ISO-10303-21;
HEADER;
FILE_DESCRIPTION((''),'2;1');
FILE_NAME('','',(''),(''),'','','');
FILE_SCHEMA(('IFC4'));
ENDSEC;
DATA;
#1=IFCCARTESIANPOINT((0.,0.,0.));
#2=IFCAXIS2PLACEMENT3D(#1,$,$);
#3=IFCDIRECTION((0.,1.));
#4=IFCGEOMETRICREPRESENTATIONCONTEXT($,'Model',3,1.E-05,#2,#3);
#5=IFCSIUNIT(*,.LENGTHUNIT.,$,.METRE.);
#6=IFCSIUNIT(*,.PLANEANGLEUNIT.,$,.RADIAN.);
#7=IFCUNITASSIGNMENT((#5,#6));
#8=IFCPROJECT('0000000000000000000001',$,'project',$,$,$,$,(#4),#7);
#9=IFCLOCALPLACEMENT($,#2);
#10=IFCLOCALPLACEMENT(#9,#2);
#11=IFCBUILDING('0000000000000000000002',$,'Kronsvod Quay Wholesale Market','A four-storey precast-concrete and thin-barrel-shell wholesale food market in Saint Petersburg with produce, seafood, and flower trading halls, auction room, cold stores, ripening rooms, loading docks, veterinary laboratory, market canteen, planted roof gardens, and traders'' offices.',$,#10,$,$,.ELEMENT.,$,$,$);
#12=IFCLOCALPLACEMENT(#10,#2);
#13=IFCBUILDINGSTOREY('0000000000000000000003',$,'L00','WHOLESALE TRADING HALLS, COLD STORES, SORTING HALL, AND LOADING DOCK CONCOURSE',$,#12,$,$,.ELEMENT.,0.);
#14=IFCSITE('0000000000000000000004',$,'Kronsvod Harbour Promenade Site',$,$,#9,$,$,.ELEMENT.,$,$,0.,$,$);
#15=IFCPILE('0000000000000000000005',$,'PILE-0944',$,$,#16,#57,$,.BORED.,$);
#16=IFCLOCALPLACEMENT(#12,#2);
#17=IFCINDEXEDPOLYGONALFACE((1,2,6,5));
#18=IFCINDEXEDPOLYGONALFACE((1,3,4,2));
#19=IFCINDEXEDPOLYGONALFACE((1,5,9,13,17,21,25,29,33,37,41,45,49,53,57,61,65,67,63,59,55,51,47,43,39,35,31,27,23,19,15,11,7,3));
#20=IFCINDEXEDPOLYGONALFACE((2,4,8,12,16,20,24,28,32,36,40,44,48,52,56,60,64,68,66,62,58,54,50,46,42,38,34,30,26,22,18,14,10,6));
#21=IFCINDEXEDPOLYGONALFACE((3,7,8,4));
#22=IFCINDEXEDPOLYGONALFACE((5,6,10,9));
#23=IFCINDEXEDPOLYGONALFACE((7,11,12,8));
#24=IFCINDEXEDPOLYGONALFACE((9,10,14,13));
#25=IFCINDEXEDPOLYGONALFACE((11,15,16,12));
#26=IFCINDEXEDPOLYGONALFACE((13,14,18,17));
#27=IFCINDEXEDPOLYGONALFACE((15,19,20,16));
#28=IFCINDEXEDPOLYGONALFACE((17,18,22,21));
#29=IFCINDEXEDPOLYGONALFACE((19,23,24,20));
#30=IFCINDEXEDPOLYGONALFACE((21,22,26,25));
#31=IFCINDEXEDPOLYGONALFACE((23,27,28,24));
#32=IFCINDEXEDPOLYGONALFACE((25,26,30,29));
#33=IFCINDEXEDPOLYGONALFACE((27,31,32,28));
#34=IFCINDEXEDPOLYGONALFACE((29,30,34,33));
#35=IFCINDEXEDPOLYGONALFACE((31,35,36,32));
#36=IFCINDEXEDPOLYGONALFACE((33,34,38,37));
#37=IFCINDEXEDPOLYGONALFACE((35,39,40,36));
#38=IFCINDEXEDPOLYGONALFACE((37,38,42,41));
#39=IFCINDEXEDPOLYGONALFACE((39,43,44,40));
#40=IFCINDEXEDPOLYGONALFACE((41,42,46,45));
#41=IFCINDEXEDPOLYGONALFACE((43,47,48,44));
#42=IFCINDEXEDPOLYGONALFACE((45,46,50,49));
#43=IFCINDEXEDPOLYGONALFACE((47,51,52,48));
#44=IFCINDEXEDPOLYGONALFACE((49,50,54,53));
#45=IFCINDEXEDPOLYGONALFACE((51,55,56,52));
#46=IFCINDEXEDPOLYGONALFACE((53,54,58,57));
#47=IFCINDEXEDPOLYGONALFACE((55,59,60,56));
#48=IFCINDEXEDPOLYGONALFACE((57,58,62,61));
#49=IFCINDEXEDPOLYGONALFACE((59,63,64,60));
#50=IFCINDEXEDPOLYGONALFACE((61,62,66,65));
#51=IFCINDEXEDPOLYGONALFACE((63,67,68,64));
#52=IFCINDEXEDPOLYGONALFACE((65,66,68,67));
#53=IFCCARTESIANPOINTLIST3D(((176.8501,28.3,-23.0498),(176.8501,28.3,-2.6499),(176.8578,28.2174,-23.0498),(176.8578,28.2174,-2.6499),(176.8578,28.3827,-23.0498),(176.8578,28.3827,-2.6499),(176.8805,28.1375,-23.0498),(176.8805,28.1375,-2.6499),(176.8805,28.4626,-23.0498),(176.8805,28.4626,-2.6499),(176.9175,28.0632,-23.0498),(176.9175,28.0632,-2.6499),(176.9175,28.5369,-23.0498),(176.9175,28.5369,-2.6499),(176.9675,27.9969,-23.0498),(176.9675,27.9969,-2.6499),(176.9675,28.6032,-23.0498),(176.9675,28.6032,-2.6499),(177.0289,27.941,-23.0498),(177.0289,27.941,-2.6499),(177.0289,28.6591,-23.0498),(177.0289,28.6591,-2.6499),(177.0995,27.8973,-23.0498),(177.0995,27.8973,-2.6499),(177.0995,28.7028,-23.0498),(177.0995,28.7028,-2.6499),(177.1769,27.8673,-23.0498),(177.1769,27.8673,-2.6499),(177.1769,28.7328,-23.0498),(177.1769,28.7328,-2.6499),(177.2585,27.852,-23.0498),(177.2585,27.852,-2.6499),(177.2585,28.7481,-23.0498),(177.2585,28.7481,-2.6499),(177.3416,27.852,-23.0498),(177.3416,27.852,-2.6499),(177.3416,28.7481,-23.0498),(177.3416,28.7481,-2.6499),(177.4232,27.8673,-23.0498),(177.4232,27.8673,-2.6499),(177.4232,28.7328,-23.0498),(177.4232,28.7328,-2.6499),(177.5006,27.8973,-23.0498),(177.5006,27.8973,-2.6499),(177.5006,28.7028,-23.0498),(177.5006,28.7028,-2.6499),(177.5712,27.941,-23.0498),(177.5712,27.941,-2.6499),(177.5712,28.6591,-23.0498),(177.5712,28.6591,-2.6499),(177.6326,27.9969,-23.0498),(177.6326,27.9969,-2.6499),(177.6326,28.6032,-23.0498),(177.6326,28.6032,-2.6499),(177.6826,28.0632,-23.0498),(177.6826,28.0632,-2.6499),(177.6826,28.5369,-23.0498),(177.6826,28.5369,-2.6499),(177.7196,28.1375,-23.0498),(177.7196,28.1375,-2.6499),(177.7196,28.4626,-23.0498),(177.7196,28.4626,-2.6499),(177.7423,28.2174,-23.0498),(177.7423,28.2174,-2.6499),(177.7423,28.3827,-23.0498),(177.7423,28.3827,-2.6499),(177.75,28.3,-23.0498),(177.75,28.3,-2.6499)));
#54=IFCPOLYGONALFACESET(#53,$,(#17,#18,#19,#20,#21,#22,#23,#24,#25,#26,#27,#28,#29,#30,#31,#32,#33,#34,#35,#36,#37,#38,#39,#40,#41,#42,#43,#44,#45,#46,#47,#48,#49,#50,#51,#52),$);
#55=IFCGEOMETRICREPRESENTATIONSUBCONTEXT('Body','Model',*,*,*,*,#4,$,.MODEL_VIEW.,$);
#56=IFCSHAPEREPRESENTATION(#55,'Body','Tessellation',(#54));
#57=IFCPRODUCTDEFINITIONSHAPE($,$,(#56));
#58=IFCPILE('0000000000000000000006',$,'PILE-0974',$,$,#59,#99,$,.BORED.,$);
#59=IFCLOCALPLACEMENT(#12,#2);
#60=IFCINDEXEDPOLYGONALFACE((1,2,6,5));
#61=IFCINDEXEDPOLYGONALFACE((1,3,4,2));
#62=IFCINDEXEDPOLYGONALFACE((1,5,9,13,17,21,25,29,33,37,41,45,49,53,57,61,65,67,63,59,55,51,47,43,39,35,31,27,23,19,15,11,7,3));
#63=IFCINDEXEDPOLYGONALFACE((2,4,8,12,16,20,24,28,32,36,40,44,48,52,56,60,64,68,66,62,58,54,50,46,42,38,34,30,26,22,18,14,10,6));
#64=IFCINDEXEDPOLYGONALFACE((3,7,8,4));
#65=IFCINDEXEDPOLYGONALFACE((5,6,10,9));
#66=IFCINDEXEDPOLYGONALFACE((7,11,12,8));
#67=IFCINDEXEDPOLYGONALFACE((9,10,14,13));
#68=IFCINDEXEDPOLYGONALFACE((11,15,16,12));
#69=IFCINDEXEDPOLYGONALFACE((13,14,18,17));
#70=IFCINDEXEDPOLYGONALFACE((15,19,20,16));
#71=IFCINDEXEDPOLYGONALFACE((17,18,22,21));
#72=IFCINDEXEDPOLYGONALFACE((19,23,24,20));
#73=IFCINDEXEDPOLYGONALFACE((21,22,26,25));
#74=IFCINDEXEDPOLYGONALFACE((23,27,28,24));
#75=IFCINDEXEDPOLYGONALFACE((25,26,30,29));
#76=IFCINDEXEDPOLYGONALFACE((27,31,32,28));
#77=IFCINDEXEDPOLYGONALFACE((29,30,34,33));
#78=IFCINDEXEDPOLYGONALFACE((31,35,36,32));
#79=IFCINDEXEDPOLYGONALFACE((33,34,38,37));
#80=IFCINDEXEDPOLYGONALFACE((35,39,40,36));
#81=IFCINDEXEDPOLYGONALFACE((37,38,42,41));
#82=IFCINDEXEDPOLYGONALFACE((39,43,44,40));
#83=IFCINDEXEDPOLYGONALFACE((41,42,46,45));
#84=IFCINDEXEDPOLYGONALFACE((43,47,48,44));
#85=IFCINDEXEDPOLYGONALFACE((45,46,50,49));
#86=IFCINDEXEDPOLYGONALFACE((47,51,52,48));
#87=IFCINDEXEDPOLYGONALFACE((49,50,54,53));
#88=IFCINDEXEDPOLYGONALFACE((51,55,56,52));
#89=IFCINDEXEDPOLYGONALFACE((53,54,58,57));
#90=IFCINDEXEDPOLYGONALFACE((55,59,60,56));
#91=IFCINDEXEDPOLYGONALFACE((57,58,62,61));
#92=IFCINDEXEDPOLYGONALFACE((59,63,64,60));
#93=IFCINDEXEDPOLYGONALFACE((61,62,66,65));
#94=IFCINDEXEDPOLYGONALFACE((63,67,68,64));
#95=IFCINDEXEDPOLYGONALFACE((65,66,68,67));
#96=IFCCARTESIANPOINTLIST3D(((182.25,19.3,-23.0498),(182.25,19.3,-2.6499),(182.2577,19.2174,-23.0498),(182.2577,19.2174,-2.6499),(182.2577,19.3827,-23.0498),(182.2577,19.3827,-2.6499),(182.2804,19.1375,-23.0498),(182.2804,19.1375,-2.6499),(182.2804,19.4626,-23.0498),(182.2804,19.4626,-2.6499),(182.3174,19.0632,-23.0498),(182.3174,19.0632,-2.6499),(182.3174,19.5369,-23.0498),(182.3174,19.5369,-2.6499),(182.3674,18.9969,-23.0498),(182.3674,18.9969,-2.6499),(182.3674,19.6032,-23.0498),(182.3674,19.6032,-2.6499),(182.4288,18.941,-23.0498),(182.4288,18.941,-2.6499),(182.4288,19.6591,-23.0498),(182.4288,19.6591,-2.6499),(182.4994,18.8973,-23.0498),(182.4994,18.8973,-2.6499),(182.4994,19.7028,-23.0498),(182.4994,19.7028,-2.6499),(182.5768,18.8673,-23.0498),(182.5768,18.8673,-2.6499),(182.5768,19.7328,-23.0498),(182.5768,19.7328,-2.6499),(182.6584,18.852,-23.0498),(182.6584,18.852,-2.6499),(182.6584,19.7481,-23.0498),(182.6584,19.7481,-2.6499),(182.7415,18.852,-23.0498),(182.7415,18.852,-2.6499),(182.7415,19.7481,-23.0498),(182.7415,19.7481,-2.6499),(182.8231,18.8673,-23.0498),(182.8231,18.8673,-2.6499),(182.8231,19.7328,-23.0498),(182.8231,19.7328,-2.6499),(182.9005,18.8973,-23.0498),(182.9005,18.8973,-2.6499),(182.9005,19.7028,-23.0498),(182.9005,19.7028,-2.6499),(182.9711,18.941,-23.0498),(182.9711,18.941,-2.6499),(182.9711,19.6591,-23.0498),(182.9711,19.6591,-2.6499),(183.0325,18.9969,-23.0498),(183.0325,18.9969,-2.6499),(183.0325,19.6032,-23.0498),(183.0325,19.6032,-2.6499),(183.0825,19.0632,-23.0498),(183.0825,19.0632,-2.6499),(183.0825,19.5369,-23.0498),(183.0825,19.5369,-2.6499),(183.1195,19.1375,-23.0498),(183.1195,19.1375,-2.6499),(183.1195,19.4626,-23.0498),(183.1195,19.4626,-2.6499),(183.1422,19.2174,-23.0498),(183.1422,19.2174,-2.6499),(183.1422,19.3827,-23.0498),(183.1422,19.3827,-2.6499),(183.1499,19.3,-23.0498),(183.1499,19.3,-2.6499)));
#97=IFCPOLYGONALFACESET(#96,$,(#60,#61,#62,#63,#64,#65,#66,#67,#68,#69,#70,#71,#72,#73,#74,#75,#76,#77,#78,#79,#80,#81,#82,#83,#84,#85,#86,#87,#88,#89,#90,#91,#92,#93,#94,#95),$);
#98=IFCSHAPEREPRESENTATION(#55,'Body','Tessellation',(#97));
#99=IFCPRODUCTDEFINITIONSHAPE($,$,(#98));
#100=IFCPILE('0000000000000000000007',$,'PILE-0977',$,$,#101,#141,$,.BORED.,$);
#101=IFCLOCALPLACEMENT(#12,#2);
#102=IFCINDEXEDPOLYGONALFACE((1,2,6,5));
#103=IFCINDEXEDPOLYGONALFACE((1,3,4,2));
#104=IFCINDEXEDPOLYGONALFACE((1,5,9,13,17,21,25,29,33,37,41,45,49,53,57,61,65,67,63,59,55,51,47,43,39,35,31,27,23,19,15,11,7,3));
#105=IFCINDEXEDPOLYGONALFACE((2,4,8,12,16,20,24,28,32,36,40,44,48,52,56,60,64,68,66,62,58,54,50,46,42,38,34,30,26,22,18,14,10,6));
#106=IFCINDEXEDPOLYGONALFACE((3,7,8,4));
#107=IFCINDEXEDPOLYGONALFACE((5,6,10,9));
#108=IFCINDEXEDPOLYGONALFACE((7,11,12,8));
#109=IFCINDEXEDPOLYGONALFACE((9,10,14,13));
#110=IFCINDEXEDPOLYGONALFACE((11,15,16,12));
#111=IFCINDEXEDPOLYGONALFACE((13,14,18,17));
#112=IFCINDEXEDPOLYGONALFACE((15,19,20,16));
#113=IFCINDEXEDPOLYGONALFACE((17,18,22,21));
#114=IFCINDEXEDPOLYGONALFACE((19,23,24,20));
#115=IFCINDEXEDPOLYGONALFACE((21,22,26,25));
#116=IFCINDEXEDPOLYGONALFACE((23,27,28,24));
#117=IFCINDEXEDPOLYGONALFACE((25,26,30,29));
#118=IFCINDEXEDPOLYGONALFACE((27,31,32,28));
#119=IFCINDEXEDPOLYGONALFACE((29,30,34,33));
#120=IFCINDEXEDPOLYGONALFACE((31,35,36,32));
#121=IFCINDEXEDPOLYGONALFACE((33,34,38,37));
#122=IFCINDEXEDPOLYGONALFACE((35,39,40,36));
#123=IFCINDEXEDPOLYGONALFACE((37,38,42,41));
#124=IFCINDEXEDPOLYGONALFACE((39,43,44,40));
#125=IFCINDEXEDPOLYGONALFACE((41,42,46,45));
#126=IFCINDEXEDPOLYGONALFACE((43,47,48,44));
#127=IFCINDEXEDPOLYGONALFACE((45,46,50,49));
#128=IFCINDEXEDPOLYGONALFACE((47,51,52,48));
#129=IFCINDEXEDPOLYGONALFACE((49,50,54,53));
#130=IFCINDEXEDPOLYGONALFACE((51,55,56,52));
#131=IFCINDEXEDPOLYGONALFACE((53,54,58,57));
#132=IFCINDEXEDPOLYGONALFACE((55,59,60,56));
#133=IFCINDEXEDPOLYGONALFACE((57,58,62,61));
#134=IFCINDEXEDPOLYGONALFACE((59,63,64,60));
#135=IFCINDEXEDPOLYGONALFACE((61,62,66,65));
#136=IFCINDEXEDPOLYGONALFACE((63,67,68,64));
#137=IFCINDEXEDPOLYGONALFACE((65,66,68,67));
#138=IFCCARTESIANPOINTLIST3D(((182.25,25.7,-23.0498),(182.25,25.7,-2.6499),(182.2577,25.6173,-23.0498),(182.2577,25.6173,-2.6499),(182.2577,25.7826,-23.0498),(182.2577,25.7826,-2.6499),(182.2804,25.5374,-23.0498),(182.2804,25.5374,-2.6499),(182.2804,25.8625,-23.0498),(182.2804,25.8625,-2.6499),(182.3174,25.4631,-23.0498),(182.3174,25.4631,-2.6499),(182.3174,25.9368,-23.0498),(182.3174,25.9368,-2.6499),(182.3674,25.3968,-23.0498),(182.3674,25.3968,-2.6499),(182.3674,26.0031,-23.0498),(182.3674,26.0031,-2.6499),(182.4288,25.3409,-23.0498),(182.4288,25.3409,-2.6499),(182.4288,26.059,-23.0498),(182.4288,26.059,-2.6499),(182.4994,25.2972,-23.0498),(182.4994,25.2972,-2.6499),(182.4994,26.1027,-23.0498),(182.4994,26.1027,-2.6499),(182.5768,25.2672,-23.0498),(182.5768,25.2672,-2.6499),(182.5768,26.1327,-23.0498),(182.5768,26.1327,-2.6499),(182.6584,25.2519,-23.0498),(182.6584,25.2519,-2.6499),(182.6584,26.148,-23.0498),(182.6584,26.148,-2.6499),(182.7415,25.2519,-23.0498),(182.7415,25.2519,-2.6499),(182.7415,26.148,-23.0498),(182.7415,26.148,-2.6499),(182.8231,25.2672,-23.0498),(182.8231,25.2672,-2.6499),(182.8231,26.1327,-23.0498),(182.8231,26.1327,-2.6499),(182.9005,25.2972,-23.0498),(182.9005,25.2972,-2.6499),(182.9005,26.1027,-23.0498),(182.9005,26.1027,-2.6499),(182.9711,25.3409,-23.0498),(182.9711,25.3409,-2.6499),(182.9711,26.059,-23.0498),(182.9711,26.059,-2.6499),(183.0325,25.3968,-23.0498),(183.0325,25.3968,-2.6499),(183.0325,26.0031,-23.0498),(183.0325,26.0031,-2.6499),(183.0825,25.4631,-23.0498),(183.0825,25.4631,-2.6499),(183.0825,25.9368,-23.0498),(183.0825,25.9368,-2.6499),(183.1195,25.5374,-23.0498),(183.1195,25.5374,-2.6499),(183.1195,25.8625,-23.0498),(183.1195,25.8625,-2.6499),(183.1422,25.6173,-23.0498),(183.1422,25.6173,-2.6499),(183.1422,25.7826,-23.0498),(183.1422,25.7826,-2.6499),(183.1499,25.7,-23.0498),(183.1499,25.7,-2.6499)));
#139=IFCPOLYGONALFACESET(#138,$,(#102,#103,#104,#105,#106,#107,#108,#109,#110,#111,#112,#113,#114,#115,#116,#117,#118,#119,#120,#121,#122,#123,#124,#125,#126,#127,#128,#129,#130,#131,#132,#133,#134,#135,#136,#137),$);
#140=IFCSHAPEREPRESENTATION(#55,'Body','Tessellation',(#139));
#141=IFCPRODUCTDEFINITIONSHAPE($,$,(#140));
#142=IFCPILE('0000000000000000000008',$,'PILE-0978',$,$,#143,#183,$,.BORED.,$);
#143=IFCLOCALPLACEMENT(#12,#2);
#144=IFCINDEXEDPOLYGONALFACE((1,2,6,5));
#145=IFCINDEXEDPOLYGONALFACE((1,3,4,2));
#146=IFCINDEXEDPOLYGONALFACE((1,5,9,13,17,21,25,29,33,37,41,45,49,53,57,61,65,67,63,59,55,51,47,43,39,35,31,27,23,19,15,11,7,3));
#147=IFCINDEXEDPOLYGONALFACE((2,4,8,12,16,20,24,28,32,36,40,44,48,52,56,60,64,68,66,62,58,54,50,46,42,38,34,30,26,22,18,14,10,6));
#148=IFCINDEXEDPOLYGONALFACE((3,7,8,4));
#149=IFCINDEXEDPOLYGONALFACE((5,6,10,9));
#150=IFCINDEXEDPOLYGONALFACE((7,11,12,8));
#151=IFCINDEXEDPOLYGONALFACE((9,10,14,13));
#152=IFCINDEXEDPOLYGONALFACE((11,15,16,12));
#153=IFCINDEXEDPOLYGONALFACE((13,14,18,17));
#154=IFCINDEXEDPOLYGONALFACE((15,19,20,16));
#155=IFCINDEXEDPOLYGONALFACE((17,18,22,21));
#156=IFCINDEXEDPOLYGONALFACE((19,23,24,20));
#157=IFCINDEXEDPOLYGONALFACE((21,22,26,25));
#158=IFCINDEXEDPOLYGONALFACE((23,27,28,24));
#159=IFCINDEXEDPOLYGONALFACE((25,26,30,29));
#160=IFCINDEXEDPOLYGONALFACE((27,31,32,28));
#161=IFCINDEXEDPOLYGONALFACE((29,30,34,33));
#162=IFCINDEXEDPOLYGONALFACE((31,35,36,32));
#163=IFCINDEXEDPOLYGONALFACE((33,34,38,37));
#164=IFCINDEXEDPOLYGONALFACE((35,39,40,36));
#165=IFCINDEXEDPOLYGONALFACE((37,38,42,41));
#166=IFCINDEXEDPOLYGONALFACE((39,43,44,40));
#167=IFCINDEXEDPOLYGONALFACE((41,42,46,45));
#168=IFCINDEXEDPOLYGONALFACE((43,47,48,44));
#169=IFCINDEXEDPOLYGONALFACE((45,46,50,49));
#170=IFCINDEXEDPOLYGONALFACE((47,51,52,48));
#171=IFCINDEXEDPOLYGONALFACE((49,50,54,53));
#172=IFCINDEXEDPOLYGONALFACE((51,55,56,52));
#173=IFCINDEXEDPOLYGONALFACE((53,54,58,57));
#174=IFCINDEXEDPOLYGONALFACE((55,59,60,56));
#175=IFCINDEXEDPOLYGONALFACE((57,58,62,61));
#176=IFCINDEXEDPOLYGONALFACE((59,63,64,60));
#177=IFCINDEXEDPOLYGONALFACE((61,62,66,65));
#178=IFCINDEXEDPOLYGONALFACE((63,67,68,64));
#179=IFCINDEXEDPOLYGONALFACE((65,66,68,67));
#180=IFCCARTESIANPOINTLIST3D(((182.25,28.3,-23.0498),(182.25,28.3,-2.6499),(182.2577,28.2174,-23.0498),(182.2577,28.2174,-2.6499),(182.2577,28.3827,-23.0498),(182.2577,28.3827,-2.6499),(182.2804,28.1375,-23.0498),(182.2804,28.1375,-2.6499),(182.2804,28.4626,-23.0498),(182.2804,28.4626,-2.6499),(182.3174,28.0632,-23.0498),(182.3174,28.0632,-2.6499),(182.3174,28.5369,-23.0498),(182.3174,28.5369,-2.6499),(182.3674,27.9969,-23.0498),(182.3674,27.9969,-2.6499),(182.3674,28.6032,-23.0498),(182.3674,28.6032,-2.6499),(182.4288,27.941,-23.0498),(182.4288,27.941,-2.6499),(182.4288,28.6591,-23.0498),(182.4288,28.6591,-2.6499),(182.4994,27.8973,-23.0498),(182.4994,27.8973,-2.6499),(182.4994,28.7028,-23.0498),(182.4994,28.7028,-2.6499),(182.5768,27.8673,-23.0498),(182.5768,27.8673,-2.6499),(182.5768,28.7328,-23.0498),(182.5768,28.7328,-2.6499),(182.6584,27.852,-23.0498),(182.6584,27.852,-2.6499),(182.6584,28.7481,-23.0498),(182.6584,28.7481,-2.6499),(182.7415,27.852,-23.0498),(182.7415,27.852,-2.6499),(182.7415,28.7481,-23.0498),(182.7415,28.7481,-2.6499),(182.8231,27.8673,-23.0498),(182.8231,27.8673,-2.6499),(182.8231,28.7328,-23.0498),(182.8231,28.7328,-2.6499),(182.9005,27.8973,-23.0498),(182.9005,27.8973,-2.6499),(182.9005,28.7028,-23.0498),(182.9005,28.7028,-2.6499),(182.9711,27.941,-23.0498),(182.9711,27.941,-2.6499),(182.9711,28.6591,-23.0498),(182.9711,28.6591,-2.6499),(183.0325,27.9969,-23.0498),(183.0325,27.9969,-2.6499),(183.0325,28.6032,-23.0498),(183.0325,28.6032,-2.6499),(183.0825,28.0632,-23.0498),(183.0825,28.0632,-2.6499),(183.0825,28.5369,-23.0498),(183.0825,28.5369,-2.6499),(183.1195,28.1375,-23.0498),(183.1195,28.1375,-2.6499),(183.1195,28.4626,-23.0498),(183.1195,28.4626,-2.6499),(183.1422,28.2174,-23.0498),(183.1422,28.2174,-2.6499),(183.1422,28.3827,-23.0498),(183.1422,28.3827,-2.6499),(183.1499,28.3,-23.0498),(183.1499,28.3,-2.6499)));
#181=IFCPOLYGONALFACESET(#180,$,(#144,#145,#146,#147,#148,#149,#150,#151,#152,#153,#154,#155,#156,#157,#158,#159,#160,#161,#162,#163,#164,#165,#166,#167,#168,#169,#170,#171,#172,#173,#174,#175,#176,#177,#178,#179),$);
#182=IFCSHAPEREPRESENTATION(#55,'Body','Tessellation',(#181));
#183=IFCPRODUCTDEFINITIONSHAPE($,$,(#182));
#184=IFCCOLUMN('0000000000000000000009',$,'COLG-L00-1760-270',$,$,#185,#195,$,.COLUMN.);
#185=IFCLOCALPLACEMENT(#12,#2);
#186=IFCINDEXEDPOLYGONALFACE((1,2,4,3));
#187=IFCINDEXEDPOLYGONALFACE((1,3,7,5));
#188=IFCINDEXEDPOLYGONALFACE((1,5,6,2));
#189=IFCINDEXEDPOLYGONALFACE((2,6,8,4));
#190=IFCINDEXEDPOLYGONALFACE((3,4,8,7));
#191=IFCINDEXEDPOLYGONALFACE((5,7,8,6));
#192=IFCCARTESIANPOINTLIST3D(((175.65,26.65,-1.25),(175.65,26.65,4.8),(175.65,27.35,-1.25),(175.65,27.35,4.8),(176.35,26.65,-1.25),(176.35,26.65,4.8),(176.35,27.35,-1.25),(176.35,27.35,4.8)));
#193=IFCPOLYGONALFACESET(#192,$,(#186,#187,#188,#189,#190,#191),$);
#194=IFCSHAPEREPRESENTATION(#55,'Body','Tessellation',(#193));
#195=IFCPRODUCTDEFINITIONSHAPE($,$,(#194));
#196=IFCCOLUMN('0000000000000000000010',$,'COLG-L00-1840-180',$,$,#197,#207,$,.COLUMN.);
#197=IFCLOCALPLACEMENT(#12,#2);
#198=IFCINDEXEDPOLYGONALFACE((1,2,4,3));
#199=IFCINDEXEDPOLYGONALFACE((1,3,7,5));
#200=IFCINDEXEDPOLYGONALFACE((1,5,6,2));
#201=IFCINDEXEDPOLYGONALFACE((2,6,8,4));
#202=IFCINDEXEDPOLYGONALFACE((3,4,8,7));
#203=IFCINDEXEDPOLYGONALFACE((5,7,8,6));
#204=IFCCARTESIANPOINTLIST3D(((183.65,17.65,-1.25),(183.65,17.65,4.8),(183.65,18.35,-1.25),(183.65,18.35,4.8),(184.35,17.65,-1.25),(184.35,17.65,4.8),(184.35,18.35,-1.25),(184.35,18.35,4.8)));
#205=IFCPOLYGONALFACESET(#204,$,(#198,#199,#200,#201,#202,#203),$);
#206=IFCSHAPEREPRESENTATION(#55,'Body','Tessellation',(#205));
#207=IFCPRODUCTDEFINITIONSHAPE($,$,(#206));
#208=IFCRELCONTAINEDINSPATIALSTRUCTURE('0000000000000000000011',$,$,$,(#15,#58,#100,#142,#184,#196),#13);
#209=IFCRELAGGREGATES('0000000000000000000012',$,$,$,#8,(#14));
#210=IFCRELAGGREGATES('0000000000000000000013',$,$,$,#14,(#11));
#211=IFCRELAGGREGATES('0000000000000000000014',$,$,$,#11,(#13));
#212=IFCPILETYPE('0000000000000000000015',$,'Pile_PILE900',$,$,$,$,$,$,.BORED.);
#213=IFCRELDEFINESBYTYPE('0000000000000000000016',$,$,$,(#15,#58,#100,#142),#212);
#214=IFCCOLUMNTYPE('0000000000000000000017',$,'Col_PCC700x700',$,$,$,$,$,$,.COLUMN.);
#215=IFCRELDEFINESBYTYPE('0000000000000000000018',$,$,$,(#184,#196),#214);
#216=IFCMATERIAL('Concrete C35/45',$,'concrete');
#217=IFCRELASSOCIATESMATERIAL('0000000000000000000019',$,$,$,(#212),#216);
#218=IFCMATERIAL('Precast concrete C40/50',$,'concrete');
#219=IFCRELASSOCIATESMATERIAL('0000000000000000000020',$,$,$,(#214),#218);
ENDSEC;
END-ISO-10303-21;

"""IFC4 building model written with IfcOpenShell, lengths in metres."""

from ifc_helpers import new_model, si_unit, direction, frame, origin, origin_2d, place, context, subcontext, project, spatial, rectangle, circle, extrude, material, material_profile, profile_set, type_object, element, save


model = new_model("IFC4")

# Units and contexts
model_context = context("Model", 3, precision=1e-05, world=origin(), true_north=direction((0.0, 1.0)))
body_context = subcontext(model_context, "Body", "Model", "MODEL_VIEW")
ifc_project = project(units=[si_unit("LENGTHUNIT", "METRE"), si_unit("PLANEANGLEUNIT", "RADIAN")], contexts=[model_context])

# Site, building, storey
site_placement = place(None, origin())
site = spatial("IfcSite", under=ifc_project, at=site_placement, Name="Kronsvod Harbour Promenade Site", CompositionType="ELEMENT", RefElevation=0.0)
building_placement = place(site_placement, origin())
building = spatial("IfcBuilding", under=site, at=building_placement, Name="Kronsvod Quay Wholesale Market", Description="A four-storey precast-concrete and thin-barrel-shell wholesale food market in Saint Petersburg with produce, seafood, and flower trading halls, auction room, cold stores, ripening rooms, loading docks, veterinary laboratory, market canteen, planted roof gardens, and traders' offices.", CompositionType="ELEMENT")
storey_placement = place(building_placement, origin())
storey = spatial("IfcBuildingStorey", under=building, at=storey_placement, Name="L00", Description="WHOLESALE TRADING HALLS, COLD STORES, SORTING HALL, AND LOADING DOCK CONCOURSE", CompositionType="ELEMENT", Elevation=0.0)

# Piles
ifc_material_1 = material(Name="Concrete C35/45", Category="concrete")
ifc_material_profile_1 = material_profile(ifc_material_1, circle(Radius=0.45, at=origin_2d()), Name="PILE900")
ifc_profile_set_1 = profile_set([ifc_material_profile_1], Name="Concrete C35/45")
pile_type = type_object("IfcPileType", Name="Pile_PILE900", PredefinedType="BORED", material=ifc_profile_set_1)
for number, where, z_axis, x_axis, name in (
    (1, (177.3, 28.3, -2.6499), (0.0, 0.0, -1.0), (1.0, 0.0, 0.0), "PILE-0944"),
    (2, (182.7, 19.3, -2.6499), (0.0, 0.0, -1.0), (1.0, 0.0, 0.0), "PILE-0974"),
    (3, (182.7, 25.7, -2.6499), (0.0, 0.0, -1.0), (1.0, 0.0, 0.0), "PILE-0977"),
    (4, (182.7, 28.3, -2.6499), (0.0, 0.0, -1.0), (1.0, 0.0, 0.0), "PILE-0978"),
):
    element("IfcPile", number, at=place(storey_placement, frame(where, z_axis=z_axis, x_axis=x_axis)), inside=storey, type_object=pile_type, Name=name, PredefinedType="BORED", context=body_context, shape_type="SweptSolid", body=[
        extrude(circle(Radius=0.45, at=origin_2d()), origin(), (0.0, 0.0, 1.0), 20.3999),
    ])

# Columns
ifc_material_2 = material(Name="Precast concrete C40/50", Category="concrete")
ifc_material_profile_2 = material_profile(ifc_material_2, rectangle(XDim=0.7, YDim=0.7, at=origin_2d()), Name="PCC700x700")
ifc_profile_set_2 = profile_set([ifc_material_profile_2], Name="Precast concrete C40/50")
column_type = type_object("IfcColumnType", Name="Col_PCC700x700", PredefinedType="COLUMN", material=ifc_profile_set_2)
for number, where, z_axis, x_axis, name in (
    (5, (176.0, 27.0, -1.25), (0.0, 0.0, 1.0), (1.0, 0.0, 0.0), "COLG-L00-1760-270"),
    (6, (184.0, 18.0, -1.25), (0.0, 0.0, 1.0), (1.0, 0.0, 0.0), "COLG-L00-1840-180"),
):
    element("IfcColumn", number, at=place(storey_placement, frame(where, z_axis=z_axis, x_axis=x_axis)), inside=storey, type_object=column_type, Name=name, PredefinedType="COLUMN", context=body_context, shape_type="SweptSolid", body=[
        extrude(rectangle(XDim=0.7, YDim=0.7, at=origin_2d()), origin(), (0.0, 0.0, 1.0), 6.05),
    ])

save(model, "model.ifc")
